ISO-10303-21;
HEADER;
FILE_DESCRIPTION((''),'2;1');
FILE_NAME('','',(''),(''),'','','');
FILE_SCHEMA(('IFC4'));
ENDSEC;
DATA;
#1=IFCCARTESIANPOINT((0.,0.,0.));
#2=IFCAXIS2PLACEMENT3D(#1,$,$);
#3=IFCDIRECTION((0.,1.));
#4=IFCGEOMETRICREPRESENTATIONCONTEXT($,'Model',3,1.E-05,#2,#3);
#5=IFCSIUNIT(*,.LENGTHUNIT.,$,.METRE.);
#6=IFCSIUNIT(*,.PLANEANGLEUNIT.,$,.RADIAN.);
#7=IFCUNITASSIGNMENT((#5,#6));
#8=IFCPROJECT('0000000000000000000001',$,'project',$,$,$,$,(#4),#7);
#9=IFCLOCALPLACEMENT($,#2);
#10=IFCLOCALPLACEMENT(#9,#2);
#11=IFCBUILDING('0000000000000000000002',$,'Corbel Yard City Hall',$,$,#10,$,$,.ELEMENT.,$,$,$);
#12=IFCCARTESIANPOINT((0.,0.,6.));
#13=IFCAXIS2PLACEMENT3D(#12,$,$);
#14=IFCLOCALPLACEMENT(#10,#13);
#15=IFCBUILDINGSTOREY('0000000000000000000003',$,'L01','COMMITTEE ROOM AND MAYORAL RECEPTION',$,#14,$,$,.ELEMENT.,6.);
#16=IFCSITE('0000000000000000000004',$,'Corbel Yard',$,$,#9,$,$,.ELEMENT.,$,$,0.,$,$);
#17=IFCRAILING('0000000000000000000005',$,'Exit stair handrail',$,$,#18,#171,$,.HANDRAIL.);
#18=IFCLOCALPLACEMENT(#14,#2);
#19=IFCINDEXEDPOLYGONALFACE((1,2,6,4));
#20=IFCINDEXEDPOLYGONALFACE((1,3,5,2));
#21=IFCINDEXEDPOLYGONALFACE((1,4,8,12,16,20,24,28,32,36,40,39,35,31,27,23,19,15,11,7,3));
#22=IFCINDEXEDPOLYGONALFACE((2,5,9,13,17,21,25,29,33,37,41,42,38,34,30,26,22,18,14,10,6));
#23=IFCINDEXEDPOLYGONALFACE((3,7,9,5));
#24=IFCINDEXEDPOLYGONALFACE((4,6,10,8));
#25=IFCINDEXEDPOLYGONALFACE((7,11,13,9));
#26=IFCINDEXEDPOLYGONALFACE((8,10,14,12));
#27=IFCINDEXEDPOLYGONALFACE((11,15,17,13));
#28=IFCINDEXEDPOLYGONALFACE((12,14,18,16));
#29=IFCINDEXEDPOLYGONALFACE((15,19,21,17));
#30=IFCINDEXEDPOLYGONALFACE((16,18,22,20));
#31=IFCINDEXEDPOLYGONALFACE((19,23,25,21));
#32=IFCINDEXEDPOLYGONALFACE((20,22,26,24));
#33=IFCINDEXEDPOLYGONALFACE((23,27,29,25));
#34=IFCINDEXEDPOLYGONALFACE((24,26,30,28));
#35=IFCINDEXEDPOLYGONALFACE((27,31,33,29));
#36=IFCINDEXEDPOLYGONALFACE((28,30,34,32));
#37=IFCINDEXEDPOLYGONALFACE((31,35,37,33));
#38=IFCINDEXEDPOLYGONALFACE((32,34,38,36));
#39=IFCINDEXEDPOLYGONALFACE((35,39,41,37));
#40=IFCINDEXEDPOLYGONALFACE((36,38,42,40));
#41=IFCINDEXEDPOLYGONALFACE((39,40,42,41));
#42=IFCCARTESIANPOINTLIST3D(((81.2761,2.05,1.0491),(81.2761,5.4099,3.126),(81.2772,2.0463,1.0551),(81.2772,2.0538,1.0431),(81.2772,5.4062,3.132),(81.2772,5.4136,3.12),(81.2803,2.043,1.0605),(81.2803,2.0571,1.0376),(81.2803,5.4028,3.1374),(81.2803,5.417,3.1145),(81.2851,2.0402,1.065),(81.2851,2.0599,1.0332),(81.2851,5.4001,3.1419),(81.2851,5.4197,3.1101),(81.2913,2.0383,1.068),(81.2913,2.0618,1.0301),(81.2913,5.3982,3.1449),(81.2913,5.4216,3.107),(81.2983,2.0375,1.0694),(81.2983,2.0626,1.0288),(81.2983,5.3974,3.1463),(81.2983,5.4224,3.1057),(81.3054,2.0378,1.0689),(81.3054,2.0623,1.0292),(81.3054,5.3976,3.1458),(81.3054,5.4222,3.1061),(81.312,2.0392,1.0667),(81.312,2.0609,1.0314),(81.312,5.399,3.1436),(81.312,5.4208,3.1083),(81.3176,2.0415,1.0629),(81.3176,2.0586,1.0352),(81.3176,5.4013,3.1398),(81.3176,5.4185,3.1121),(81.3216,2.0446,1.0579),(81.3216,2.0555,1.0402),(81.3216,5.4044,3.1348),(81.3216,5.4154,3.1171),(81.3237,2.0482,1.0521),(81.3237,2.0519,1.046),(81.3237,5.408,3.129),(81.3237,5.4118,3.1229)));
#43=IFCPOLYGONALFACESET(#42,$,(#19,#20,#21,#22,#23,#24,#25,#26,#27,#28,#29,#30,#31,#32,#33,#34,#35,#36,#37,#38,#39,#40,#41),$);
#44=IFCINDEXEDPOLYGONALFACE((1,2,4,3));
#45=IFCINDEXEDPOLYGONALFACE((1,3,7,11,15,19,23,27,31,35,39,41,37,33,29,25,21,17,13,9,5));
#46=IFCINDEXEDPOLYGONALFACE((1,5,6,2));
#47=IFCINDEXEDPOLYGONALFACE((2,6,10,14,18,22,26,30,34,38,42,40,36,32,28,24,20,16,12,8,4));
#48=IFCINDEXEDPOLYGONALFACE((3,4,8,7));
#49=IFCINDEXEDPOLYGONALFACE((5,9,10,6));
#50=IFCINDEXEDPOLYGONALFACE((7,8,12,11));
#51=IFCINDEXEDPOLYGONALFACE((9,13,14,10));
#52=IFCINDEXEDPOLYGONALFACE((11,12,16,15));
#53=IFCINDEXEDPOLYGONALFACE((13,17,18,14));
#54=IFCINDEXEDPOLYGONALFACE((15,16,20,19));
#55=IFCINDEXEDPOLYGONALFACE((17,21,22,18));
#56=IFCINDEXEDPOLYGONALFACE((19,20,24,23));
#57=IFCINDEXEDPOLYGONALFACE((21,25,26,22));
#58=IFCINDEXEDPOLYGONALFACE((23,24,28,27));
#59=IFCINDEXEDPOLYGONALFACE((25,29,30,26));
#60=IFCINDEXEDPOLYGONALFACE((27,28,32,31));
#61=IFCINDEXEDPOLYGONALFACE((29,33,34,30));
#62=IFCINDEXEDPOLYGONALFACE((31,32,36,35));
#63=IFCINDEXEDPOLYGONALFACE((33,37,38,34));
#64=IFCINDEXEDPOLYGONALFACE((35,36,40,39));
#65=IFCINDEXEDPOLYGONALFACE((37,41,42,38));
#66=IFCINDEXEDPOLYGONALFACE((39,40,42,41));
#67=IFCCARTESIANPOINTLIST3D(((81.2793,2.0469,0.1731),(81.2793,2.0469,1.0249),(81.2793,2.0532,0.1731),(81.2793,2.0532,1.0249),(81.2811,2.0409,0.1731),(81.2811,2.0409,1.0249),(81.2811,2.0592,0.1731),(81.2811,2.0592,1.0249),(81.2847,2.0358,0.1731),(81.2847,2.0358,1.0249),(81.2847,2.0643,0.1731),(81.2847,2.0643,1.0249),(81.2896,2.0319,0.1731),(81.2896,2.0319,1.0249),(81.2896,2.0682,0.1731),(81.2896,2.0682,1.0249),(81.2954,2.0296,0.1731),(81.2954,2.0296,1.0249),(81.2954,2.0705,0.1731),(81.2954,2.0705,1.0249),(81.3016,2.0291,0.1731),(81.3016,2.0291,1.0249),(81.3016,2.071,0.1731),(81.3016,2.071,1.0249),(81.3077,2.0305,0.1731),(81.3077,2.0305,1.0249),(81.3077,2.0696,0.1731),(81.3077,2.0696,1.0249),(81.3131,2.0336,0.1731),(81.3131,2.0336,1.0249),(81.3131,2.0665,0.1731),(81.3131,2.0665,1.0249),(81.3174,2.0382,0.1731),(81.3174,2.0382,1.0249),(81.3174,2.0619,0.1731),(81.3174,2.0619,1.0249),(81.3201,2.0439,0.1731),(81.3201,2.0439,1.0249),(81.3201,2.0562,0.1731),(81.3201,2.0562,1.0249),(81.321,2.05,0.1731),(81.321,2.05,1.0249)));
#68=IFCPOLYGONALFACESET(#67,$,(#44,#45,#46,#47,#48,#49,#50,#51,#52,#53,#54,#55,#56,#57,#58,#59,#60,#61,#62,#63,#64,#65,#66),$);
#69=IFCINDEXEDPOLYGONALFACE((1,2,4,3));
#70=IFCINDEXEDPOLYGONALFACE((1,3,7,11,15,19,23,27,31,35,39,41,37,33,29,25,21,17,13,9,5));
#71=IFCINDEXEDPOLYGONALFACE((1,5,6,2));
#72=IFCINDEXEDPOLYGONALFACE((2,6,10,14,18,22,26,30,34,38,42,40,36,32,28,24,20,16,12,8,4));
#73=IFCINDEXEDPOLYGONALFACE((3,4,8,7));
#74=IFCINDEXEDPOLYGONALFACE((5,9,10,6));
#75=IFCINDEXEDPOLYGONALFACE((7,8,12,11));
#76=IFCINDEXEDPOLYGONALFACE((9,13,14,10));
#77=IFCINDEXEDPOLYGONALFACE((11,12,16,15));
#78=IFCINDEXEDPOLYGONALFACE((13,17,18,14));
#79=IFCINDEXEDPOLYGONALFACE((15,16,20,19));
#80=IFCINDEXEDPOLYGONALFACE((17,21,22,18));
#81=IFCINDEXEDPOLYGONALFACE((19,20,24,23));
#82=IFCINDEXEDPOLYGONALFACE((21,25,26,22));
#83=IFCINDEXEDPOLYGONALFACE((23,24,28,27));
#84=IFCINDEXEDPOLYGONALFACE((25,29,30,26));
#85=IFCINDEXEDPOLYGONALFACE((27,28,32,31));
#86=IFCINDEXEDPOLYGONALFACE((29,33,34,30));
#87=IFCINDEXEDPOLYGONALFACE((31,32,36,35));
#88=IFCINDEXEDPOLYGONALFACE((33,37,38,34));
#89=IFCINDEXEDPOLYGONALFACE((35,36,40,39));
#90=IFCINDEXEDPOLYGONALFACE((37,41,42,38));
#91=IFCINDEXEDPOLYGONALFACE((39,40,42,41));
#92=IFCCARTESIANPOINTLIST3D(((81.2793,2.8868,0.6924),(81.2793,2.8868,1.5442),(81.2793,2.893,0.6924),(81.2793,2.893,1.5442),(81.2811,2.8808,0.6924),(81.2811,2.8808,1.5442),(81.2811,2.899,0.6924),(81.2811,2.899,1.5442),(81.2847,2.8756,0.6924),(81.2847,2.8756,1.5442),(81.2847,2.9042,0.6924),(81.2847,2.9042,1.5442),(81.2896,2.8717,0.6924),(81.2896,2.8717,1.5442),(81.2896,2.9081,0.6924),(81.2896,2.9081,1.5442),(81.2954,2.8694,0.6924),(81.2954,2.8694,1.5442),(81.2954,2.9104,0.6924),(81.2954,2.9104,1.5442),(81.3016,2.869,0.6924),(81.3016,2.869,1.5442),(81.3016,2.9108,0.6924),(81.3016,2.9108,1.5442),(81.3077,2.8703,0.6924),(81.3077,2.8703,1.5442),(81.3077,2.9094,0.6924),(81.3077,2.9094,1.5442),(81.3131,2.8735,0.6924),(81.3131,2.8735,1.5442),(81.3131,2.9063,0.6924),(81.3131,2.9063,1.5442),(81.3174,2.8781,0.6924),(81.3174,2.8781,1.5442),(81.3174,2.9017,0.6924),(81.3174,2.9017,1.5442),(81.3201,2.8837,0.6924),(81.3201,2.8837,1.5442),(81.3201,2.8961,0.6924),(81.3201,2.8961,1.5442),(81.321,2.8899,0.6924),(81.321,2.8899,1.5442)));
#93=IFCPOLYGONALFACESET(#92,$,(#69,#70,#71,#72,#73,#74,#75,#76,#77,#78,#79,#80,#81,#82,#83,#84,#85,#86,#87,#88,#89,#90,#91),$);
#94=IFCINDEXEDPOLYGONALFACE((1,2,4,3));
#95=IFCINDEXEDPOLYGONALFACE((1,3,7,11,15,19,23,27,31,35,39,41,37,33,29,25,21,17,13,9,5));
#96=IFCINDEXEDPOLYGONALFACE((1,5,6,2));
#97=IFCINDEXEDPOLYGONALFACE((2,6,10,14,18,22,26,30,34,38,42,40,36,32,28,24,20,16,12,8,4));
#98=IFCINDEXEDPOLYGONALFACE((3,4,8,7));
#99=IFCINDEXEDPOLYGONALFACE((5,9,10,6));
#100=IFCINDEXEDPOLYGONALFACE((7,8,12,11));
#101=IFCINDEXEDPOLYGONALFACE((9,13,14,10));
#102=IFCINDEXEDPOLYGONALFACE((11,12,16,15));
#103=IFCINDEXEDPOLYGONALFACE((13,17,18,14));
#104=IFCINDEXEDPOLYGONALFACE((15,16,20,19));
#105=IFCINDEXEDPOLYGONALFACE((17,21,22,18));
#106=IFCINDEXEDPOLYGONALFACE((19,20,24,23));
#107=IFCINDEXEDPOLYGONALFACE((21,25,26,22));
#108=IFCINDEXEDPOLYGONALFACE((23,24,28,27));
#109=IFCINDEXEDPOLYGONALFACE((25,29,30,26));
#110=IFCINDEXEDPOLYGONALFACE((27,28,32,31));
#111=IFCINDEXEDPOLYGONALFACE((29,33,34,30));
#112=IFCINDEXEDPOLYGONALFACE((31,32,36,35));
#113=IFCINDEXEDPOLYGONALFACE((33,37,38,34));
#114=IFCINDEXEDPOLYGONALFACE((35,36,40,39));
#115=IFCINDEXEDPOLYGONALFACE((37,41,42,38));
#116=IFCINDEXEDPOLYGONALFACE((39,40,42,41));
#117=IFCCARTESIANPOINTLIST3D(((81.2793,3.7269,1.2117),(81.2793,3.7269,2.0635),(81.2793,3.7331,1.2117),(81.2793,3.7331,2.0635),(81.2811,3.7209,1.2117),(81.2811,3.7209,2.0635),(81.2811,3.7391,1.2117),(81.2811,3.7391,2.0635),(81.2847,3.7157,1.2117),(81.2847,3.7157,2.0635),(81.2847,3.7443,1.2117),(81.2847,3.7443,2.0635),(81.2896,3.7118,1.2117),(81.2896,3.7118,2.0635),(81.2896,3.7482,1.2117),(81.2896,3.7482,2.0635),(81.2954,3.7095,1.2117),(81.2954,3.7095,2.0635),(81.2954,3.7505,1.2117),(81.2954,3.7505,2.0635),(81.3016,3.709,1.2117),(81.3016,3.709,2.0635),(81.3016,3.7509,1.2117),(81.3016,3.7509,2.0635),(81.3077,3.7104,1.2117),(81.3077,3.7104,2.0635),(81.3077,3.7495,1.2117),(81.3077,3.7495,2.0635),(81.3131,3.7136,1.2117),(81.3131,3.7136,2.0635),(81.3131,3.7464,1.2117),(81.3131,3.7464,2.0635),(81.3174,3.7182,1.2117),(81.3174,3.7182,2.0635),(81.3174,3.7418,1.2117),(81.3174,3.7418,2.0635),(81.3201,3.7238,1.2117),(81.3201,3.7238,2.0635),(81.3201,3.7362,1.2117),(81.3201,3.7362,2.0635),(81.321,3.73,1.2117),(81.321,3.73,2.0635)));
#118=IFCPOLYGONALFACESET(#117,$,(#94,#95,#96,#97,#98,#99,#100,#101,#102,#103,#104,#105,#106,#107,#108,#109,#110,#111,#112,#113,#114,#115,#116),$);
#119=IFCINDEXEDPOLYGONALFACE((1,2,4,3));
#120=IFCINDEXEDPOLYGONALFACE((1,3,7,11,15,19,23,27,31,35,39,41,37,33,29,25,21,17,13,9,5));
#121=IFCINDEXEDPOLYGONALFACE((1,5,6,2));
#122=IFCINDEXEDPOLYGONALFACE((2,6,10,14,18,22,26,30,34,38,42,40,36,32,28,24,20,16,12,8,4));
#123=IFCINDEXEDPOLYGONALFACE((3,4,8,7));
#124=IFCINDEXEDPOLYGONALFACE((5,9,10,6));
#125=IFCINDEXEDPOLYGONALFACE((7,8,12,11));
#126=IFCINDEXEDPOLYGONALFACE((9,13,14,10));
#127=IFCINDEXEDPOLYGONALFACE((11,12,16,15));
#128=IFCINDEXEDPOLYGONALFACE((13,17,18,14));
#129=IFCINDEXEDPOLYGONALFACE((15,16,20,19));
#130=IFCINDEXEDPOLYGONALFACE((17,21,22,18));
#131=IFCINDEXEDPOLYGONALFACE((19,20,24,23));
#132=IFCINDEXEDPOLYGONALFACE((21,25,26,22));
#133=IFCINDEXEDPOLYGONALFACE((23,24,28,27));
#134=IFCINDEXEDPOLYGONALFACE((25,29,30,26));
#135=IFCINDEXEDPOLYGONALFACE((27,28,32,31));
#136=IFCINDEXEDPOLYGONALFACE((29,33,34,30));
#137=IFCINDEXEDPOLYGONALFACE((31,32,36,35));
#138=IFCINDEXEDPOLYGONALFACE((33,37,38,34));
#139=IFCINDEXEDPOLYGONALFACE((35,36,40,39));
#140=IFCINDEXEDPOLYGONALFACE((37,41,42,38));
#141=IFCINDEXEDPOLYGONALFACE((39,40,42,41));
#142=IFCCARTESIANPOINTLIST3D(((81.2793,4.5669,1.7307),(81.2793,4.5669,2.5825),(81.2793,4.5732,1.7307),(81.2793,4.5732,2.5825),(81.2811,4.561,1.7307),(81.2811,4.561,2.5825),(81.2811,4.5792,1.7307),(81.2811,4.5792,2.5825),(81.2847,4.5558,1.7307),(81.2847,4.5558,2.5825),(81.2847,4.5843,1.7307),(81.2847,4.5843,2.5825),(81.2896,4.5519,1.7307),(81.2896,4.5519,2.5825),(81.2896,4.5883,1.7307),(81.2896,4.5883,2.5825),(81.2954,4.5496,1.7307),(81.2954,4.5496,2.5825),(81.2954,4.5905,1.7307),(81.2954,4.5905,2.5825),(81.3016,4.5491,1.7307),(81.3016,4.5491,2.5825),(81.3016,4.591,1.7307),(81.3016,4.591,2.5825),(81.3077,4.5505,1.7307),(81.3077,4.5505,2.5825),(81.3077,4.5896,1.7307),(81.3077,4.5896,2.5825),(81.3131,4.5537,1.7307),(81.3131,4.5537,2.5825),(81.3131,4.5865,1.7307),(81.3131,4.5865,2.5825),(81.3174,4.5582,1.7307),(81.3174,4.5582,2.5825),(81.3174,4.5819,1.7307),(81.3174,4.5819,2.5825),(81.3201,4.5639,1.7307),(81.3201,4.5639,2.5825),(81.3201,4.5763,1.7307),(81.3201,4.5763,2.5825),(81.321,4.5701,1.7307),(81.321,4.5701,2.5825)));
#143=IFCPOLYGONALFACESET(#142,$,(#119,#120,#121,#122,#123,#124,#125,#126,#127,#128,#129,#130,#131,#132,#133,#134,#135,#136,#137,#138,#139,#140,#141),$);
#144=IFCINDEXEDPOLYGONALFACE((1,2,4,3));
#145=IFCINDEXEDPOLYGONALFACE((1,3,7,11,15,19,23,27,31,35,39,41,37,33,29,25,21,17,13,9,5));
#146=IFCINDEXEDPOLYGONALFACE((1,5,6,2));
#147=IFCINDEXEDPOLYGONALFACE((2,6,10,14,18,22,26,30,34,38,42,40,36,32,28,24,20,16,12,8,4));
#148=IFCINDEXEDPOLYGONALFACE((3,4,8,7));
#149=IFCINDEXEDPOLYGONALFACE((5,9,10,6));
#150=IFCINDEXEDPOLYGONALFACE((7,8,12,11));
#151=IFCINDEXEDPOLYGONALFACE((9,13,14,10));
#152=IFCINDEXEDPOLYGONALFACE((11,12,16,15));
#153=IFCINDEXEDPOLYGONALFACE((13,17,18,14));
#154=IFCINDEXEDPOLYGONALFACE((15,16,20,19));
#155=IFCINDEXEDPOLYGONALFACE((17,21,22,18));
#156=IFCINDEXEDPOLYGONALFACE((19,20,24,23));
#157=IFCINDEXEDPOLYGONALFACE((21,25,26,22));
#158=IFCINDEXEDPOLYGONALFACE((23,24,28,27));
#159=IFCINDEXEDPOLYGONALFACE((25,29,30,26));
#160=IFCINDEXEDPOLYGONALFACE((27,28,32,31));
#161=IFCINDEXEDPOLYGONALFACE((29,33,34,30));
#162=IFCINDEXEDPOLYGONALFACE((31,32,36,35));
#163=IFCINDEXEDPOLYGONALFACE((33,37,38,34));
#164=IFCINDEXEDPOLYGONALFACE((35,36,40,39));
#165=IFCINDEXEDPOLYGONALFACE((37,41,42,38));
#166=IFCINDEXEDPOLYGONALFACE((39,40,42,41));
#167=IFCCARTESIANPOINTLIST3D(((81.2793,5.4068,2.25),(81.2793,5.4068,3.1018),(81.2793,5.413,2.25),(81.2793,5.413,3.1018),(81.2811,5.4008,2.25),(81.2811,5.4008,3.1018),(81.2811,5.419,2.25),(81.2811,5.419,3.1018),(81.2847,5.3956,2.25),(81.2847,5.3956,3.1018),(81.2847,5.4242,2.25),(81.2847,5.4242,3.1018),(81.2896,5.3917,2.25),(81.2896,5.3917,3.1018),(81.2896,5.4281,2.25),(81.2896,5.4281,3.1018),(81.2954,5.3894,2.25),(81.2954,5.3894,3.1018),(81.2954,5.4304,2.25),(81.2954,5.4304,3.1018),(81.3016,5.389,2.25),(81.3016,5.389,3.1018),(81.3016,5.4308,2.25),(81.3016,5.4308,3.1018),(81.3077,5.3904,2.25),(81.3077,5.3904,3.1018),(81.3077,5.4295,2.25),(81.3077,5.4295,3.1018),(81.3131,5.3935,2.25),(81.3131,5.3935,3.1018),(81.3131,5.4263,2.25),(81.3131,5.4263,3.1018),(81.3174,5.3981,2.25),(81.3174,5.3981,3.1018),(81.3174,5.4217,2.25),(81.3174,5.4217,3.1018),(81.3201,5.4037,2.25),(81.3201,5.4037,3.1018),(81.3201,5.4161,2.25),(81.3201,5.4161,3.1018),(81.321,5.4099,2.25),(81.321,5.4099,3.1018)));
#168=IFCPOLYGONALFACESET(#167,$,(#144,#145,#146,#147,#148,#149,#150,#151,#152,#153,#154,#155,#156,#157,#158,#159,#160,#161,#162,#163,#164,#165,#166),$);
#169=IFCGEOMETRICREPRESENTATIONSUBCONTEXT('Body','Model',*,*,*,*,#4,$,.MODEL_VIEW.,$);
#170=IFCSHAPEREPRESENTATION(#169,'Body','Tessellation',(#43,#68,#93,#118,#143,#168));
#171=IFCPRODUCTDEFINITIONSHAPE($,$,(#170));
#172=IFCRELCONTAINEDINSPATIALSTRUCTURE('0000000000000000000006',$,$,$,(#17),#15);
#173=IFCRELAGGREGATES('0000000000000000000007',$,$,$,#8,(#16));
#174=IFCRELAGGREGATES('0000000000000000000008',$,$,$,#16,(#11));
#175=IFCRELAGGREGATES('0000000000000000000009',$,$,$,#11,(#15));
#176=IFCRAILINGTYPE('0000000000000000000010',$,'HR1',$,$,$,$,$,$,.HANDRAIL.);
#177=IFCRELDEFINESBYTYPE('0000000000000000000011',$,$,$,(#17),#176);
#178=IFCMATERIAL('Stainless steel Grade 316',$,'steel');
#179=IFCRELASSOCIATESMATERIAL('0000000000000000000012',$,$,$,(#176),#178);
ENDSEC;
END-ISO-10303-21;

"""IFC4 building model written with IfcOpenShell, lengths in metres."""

from ifc_helpers import new_model, si_unit, direction, frame, origin, origin_2d, place, context, subcontext, project, spatial, circle, extrude, material, type_object, element, save


model = new_model("IFC4")

# Units and contexts
model_context = context("Model", 3, precision=1e-05, world=origin(), true_north=direction((0.0, 1.0)))
body_context = subcontext(model_context, "Body", "Model", "MODEL_VIEW")
ifc_project = project(units=[si_unit("LENGTHUNIT", "METRE"), si_unit("PLANEANGLEUNIT", "RADIAN")], contexts=[model_context])

# Site, building, storey
site_placement = place(None, origin())
site = spatial("IfcSite", under=ifc_project, at=site_placement, Name="Corbel Yard", CompositionType="ELEMENT", RefElevation=0.0)
building_placement = place(site_placement, origin())
building = spatial("IfcBuilding", under=site, at=building_placement, Name="Corbel Yard City Hall", CompositionType="ELEMENT")
storey_placement = place(building_placement, frame((0.0, 0.0, 6.0)))
storey = spatial("IfcBuildingStorey", under=building, at=storey_placement, Name="L01", Description="COMMITTEE ROOM AND MAYORAL RECEPTION", CompositionType="ELEMENT", Elevation=6.0)

# Shared definitions
ifc_material_1 = material(Name="Stainless steel Grade 316", Category="steel")

# Railing
railing_type_1 = type_object("IfcRailingType", Name="HR1", PredefinedType="HANDRAIL", material=ifc_material_1)
for number, where, name in (
    (1, (81.3, 2.05, 0.1731), "Exit stair handrail"),
):
    element("IfcRailing", number, at=place(storey_placement, frame(where)), inside=storey, type_object=railing_type_1, Name=name, PredefinedType="HANDRAIL", context=body_context, shape_type="SweptSolid", body=[
        extrude(circle(Radius=0.0239, at=origin_2d()), frame((0.0, 0.0, 0.876), z_axis=(0.0, 0.850606, 0.525803), x_axis=(-1.0, 0.0, 0.0)), (0.0, 0.0, 1.0), 3.95),
        extrude(circle(Radius=0.021, at=origin_2d()), origin(), (0.0, 0.0, 1.0), 0.8518),
        extrude(circle(Radius=0.021, at=origin_2d()), frame((0.0, 0.8398, 0.5193)), (0.0, 0.0, 1.0), 0.8518),
        extrude(circle(Radius=0.021, at=origin_2d()), frame((0.0, 1.6799, 1.0386)), (0.0, 0.0, 1.0), 0.8518),
        extrude(circle(Radius=0.021, at=origin_2d()), frame((0.0, 2.52, 1.5576)), (0.0, 0.0, 1.0), 0.8518),
        extrude(circle(Radius=0.021, at=origin_2d()), frame((0.0, 3.3599, 2.0769)), (0.0, 0.0, 1.0), 0.8518),
    ])

save(model, "model.ifc")
